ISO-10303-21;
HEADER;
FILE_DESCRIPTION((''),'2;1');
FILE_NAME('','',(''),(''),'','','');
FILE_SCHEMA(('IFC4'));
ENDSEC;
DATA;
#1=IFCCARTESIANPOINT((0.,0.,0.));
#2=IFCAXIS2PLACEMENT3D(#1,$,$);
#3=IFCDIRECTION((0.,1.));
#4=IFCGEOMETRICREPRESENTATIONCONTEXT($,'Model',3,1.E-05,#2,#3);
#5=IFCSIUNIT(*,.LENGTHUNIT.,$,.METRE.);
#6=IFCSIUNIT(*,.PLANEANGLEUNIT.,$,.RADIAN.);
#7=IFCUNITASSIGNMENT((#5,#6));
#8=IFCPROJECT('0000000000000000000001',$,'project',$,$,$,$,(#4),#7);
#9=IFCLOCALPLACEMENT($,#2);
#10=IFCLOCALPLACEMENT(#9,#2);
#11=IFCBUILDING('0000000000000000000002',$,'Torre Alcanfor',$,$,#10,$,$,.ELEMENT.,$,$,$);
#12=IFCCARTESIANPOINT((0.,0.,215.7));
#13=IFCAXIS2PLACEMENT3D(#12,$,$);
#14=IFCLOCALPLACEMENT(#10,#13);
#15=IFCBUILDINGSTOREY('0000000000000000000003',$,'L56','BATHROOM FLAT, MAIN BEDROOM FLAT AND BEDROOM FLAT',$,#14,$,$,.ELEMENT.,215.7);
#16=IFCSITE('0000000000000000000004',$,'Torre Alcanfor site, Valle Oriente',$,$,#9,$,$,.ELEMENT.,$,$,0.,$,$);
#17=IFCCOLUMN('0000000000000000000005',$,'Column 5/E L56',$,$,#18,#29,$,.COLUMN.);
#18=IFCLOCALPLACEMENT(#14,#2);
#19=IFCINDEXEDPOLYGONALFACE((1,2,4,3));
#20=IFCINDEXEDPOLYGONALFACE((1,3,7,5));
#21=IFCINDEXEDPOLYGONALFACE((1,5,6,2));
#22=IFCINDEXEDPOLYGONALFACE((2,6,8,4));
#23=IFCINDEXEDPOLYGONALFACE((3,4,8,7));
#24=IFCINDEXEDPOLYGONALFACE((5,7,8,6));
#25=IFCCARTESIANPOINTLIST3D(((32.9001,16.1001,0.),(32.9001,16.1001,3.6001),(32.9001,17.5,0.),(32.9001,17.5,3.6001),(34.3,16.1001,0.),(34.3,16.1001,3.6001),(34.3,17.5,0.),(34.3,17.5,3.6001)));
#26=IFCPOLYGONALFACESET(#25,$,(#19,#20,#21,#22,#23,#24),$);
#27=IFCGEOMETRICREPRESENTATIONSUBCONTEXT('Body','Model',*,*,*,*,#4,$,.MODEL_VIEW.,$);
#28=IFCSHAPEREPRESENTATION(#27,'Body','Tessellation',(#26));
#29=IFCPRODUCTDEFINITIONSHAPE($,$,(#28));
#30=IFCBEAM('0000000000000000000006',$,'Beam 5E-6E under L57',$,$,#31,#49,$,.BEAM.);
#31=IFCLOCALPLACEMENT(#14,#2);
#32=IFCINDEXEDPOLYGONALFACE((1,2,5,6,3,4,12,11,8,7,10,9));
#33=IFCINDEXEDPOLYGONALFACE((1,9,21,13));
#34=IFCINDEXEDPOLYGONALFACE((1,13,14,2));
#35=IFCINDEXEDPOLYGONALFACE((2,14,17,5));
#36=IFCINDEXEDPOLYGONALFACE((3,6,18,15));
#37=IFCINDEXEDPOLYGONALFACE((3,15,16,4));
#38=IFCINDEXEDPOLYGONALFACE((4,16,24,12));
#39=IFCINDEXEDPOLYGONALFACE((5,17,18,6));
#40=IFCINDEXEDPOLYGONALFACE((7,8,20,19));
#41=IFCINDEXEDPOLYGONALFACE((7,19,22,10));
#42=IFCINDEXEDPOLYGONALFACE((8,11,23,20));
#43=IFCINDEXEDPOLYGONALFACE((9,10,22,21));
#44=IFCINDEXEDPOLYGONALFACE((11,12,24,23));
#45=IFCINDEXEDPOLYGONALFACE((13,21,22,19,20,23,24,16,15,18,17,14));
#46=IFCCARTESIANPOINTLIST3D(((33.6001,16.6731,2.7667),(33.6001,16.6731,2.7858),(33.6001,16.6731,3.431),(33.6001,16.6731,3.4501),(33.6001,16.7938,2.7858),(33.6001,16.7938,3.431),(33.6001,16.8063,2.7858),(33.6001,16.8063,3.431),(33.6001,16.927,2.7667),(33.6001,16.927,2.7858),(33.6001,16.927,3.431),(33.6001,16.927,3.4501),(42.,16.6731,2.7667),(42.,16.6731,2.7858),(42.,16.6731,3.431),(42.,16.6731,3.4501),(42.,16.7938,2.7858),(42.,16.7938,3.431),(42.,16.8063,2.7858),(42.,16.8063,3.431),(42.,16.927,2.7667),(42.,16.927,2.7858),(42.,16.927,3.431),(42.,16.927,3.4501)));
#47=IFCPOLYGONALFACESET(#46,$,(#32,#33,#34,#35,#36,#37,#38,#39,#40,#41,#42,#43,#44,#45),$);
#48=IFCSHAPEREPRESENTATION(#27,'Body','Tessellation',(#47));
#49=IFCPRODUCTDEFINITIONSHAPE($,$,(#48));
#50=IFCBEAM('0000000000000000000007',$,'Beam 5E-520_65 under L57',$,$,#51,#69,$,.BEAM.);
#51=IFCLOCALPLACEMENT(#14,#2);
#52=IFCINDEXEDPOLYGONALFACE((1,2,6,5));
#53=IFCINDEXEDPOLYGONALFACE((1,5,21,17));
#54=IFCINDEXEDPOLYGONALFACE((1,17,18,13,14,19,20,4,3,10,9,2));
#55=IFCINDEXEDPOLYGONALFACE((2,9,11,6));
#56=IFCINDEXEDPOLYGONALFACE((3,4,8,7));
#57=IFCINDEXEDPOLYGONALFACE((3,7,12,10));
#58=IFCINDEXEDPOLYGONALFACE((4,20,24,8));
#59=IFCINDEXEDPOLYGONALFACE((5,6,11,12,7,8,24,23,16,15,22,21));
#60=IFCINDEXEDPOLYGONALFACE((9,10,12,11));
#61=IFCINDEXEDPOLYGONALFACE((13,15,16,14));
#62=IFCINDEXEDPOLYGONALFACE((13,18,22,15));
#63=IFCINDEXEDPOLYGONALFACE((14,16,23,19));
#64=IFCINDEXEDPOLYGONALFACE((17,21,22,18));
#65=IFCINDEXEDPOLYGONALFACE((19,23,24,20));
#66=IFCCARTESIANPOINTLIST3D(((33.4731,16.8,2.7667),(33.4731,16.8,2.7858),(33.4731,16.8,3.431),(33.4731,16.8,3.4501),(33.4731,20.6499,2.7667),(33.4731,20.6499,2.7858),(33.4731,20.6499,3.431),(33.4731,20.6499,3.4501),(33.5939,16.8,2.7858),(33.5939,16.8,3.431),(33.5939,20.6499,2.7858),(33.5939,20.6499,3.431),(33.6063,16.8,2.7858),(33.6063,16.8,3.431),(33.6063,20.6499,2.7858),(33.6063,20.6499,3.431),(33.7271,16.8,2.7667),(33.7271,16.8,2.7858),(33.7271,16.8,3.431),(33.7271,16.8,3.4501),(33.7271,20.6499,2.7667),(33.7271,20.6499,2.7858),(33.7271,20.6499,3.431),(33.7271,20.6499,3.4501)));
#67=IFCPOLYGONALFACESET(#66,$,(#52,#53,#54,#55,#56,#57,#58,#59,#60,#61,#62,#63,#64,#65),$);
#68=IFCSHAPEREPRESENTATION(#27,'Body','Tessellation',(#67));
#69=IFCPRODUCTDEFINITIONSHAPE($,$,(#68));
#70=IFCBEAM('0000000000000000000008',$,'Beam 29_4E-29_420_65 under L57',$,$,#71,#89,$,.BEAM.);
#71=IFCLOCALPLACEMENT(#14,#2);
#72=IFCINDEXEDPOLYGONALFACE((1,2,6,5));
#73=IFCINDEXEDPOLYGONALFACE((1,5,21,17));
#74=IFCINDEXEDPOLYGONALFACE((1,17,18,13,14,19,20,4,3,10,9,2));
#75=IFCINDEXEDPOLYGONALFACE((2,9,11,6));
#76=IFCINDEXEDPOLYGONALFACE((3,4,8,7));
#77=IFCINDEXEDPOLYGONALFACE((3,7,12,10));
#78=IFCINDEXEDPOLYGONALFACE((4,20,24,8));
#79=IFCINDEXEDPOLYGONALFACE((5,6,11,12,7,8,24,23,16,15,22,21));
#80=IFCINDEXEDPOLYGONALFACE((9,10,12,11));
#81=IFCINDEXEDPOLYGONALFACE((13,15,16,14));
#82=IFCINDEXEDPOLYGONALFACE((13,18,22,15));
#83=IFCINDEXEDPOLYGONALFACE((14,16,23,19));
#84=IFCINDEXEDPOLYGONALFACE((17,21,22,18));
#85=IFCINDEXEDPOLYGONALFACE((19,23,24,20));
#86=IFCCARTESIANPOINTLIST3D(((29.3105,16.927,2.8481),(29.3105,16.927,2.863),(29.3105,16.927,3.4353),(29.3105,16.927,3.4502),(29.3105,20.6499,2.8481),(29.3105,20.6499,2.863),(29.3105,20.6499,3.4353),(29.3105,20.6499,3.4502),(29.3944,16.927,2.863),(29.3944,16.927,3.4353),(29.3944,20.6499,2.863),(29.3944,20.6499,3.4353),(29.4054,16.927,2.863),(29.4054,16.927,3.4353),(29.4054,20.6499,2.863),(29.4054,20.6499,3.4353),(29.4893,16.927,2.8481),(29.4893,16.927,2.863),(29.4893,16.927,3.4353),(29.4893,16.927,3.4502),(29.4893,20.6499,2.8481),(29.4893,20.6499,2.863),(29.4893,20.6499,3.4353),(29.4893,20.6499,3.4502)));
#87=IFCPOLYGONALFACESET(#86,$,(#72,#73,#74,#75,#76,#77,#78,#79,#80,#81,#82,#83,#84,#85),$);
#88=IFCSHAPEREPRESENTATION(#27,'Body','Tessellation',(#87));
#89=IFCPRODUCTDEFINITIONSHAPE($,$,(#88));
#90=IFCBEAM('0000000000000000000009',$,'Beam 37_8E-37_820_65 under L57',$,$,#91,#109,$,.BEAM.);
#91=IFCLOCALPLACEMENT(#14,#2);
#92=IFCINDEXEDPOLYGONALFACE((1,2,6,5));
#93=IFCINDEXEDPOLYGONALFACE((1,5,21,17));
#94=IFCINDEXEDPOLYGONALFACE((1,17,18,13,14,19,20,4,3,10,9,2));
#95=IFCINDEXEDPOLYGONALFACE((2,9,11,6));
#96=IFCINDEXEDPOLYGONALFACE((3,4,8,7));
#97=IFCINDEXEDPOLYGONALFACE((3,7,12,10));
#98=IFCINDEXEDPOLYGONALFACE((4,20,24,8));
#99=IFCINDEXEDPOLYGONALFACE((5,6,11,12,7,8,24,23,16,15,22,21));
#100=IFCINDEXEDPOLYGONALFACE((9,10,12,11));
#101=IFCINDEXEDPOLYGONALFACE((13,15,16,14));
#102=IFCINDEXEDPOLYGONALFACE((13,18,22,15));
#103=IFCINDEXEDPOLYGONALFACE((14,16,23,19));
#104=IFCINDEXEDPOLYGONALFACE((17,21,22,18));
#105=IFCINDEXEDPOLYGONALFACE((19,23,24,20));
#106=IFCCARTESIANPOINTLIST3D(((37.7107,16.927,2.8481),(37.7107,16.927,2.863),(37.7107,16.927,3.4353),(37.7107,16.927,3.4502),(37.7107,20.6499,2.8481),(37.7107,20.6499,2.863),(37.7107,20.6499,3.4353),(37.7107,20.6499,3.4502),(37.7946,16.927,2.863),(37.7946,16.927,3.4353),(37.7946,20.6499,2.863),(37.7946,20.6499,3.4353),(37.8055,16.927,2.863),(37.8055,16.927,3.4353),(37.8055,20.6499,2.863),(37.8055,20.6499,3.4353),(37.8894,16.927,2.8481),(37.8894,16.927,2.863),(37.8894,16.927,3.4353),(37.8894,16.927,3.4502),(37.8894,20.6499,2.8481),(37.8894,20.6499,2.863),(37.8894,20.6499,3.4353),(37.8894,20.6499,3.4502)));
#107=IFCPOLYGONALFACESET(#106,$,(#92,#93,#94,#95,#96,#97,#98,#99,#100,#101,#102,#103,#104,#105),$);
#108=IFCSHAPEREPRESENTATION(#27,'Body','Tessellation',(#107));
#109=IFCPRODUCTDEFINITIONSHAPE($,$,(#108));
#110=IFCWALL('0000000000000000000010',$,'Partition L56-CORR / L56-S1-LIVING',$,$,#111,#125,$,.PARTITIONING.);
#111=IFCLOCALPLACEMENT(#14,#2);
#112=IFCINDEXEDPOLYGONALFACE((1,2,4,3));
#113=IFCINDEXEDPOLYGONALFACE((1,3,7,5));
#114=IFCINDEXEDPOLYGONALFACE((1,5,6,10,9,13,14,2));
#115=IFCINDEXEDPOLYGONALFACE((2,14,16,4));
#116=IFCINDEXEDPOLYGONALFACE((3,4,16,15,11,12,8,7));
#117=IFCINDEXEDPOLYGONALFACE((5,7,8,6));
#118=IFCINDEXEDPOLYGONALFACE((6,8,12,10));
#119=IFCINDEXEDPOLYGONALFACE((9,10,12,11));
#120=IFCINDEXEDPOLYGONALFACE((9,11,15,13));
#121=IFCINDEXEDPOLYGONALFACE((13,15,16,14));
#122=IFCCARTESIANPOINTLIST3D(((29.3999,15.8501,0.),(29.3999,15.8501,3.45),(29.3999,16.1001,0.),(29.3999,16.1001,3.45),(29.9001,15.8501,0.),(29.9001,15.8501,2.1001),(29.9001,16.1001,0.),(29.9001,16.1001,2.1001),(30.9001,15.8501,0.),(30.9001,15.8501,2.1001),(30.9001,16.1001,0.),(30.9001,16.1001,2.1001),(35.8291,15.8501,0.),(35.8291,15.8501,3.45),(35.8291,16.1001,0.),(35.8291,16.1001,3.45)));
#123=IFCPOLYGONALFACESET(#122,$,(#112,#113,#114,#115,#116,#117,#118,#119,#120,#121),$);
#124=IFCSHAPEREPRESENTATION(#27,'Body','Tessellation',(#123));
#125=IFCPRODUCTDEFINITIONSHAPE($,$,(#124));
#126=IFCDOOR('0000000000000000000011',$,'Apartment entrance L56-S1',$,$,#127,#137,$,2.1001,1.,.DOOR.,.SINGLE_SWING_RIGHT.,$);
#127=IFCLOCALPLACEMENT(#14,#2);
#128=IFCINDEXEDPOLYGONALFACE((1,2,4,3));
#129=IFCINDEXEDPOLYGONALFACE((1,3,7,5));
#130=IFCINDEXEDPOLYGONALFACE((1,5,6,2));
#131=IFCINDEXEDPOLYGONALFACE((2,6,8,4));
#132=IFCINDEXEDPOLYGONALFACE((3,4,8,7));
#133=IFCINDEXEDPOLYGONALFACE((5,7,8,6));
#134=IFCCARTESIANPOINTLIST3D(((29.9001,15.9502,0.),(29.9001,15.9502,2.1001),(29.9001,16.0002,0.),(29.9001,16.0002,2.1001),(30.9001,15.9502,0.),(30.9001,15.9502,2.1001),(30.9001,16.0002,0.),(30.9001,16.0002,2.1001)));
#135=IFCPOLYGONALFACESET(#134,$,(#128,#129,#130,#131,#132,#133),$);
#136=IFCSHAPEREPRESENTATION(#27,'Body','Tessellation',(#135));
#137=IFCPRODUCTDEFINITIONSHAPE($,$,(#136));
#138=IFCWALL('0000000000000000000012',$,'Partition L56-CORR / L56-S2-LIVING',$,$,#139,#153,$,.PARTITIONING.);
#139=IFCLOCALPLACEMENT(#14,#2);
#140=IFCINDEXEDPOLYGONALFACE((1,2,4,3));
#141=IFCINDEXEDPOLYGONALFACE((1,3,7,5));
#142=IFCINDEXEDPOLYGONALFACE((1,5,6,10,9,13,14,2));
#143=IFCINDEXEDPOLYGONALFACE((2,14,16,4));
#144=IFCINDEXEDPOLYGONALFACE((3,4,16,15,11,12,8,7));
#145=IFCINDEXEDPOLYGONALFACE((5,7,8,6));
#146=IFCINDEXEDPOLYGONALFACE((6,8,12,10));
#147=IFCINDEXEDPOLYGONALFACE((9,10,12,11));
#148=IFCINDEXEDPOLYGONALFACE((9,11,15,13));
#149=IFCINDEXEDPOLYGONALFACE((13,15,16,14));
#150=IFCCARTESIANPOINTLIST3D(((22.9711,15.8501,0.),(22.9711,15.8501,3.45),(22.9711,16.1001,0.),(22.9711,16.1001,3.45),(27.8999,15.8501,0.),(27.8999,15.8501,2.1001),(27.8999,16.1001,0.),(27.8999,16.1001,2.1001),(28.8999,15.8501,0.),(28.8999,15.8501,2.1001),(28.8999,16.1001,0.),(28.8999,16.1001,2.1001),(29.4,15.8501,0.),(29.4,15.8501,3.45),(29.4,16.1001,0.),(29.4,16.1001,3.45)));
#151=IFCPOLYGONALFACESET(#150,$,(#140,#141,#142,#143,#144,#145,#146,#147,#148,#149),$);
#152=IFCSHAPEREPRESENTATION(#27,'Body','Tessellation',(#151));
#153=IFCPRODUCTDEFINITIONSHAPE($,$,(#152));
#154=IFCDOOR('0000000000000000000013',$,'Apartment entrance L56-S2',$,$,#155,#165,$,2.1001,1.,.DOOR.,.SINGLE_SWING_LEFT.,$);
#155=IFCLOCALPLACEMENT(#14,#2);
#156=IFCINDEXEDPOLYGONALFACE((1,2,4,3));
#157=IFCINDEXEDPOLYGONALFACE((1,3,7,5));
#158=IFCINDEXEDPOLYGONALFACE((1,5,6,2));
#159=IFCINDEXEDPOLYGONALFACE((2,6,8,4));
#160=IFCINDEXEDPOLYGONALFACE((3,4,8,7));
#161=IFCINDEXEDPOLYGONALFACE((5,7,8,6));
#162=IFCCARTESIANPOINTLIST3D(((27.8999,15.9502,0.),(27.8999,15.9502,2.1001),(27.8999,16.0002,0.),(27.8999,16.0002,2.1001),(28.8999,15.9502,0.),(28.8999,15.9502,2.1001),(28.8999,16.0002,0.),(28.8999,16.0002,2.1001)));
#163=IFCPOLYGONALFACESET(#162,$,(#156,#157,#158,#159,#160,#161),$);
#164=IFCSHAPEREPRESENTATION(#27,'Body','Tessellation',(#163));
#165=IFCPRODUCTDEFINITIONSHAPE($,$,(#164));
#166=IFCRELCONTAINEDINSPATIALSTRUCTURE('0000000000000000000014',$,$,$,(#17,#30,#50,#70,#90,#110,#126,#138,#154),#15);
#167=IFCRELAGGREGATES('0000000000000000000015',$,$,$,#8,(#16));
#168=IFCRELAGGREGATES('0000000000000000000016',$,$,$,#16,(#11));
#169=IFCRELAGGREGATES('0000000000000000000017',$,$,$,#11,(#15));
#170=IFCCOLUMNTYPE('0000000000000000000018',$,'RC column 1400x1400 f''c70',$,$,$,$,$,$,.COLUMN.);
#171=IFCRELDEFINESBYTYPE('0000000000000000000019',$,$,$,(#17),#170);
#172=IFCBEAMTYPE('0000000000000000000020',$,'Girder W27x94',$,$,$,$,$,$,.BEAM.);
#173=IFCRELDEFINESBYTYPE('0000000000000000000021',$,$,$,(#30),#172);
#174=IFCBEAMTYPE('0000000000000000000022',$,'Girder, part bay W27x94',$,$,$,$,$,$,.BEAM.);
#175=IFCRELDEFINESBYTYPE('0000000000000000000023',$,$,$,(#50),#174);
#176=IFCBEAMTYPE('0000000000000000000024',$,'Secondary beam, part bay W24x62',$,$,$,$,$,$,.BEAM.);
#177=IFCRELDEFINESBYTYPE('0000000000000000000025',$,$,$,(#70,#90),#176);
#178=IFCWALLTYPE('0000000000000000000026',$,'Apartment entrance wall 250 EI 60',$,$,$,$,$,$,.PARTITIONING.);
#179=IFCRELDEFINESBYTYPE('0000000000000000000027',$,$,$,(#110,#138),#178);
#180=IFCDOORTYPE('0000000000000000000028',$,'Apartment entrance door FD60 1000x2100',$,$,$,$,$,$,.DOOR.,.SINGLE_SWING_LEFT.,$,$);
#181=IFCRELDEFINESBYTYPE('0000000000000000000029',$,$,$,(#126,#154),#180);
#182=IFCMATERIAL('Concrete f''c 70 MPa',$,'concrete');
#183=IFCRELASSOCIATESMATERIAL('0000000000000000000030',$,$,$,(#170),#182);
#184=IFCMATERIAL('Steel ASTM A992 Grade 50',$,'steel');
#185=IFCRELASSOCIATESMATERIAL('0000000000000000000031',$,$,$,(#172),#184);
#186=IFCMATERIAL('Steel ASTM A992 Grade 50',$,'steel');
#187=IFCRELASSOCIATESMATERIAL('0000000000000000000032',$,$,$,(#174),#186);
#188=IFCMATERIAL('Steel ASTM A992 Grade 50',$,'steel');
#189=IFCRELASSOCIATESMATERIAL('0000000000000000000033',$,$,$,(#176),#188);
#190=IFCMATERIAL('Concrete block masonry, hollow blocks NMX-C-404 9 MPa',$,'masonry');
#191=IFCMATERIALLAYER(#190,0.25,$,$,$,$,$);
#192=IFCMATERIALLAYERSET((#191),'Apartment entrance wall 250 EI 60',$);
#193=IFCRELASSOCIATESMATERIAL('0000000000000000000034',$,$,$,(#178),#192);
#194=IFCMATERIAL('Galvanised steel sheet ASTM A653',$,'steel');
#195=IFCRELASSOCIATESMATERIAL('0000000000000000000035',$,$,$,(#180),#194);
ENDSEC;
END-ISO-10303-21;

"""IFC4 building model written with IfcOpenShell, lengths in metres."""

from ifc_helpers import new_model, si_unit, direction, frame, frame_2d, origin, origin_2d, place, context, subcontext, project, spatial, rectangle, i_section, extrude, material, layer, layer_set, material_profile, profile_set, type_object, element, fill, save


model = new_model("IFC4")

# Units and contexts
model_context = context("Model", 3, precision=1e-05, world=origin(), true_north=direction((0.0, 1.0)))
body_context = subcontext(model_context, "Body", "Model", "MODEL_VIEW")
ifc_project = project(units=[si_unit("LENGTHUNIT", "METRE"), si_unit("PLANEANGLEUNIT", "RADIAN")], contexts=[model_context])

# Site, building, storey
site_placement = place(None, origin())
site = spatial("IfcSite", under=ifc_project, at=site_placement, Name="Torre Alcanfor site, Valle Oriente", CompositionType="ELEMENT", RefElevation=0.0)
building_placement = place(site_placement, origin())
building = spatial("IfcBuilding", under=site, at=building_placement, Name="Torre Alcanfor", CompositionType="ELEMENT")
storey_placement = place(building_placement, frame((0.0, 0.0, 215.7)))
storey = spatial("IfcBuildingStorey", under=building, at=storey_placement, Name="L56", Description="BATHROOM FLAT, MAIN BEDROOM FLAT AND BEDROOM FLAT", CompositionType="ELEMENT", Elevation=215.7)

# Column
ifc_material_1 = material(Name="Concrete f'c 70 MPa", Category="concrete")
ifc_material_profile_1 = material_profile(ifc_material_1, rectangle(XDim=1.3999, YDim=1.3999, at=origin_2d()), Name="1400x1400")
ifc_profile_set_1 = profile_set([ifc_material_profile_1], Name="Concrete f'c 70 MPa")
column_type = type_object("IfcColumnType", Name="RC column 1400x1400 f'c70", PredefinedType="COLUMN", material=ifc_profile_set_1)
column_placement = place(storey_placement, frame((33.6001, 16.8, 0.0), z_axis=(0.0, 0.0, 1.0), x_axis=(1.0, 0.0, 0.0)))
element("IfcColumn", 1, at=column_placement, inside=storey, type_object=column_type, Name="Column 5/E L56", PredefinedType="COLUMN", context=body_context, shape_type="SweptSolid", body=[
    extrude(rectangle(XDim=1.3999, YDim=1.3999, at=origin_2d()), origin(), (0.0, 0.0, 1.0), 3.6001),
])

# Beams
ifc_material_2 = material(Name="Steel ASTM A992 Grade 50", Category="steel")
ifc_material_profile_2 = material_profile(ifc_material_2, i_section(OverallWidth=0.2539, OverallDepth=0.6833, WebThickness=0.0125, FlangeThickness=0.019, at=origin_2d()), Name="W27x94")
ifc_profile_set_2 = profile_set([ifc_material_profile_2], Name="Steel ASTM A992 Grade 50")
beam_type_1 = type_object("IfcBeamType", Name="Girder W27x94", PredefinedType="BEAM", material=ifc_profile_set_2)
beam_1_placement = place(storey_placement, frame((33.6001, 16.8, 3.1084), z_axis=(1.0, 0.0, 0.0), x_axis=(0.0, 1.0, 0.0)))
element("IfcBeam", 2, at=beam_1_placement, inside=storey, type_object=beam_type_1, Name="Beam 5E-6E under L57", PredefinedType="BEAM", context=body_context, shape_type="SweptSolid", body=[
    extrude(i_section(OverallWidth=0.2539, OverallDepth=0.6833, WebThickness=0.0125, FlangeThickness=0.019, at=origin_2d()), origin(), (0.0, 0.0, 1.0), 8.3999),
])
ifc_material_3 = material(Name="Steel ASTM A992 Grade 50", Category="steel")
ifc_material_profile_3 = material_profile(ifc_material_3, i_section(OverallWidth=0.2539, OverallDepth=0.6833, WebThickness=0.0125, FlangeThickness=0.019, at=origin_2d()), Name="W27x94")
ifc_profile_set_3 = profile_set([ifc_material_profile_3], Name="Steel ASTM A992 Grade 50")
beam_type_2 = type_object("IfcBeamType", Name="Girder, part bay W27x94", PredefinedType="BEAM", material=ifc_profile_set_3)
beam_2_placement = place(storey_placement, frame((33.6001, 16.8, 3.1084), z_axis=(0.0, 1.0, 0.0), x_axis=(-1.0, 0.0, 0.0)))
element("IfcBeam", 3, at=beam_2_placement, inside=storey, type_object=beam_type_2, Name="Beam 5E-520_65 under L57", PredefinedType="BEAM", context=body_context, shape_type="SweptSolid", body=[
    extrude(i_section(OverallWidth=0.2539, OverallDepth=0.6833, WebThickness=0.0125, FlangeThickness=0.019, at=origin_2d()), origin(), (0.0, 0.0, 1.0), 3.8499),
])
ifc_material_4 = material(Name="Steel ASTM A992 Grade 50", Category="steel")
ifc_material_profile_4 = material_profile(ifc_material_4, i_section(OverallWidth=0.1787, OverallDepth=0.6021, WebThickness=0.011, FlangeThickness=0.0149, at=origin_2d()), Name="W24x62")
ifc_profile_set_4 = profile_set([ifc_material_profile_4], Name="Steel ASTM A992 Grade 50")
beam_type_3 = type_object("IfcBeamType", Name="Secondary beam, part bay W24x62", PredefinedType="BEAM", material=ifc_profile_set_4)
for number, where, z_axis, x_axis, name in (
    (4, (29.3999, 16.927, 3.1492), (0.0, 1.0, 0.0), (-1.0, 0.0, 0.0), "Beam 29_4E-29_420_65 under L57"),
    (5, (37.8, 16.927, 3.1492), (0.0, 1.0, 0.0), (-1.0, 0.0, 0.0), "Beam 37_8E-37_820_65 under L57"),
):
    element("IfcBeam", number, at=place(storey_placement, frame(where, z_axis=z_axis, x_axis=x_axis)), inside=storey, type_object=beam_type_3, Name=name, PredefinedType="BEAM", context=body_context, shape_type="SweptSolid", body=[
        extrude(i_section(OverallWidth=0.1787, OverallDepth=0.6021, WebThickness=0.011, FlangeThickness=0.0149, at=origin_2d()), origin(), (0.0, 0.0, 1.0), 3.7229),
    ])

# Walls, openings, doors
ifc_material_5 = material(Name="Concrete block masonry, hollow blocks NMX-C-404 9 MPa", Category="masonry")
ifc_layer_1 = layer(ifc_material_5, 0.25)
ifc_layer_set_1 = layer_set([ifc_layer_1], Name="Apartment entrance wall 250 EI 60")
wall_type_1 = type_object("IfcWallType", Name="Apartment entrance wall 250 EI 60", PredefinedType="PARTITIONING", material=ifc_layer_set_1)
wall_1_placement = place(storey_placement, frame((35.8291, 15.9751, 0.0), z_axis=(0.0, 0.0, 1.0), x_axis=(-1.0, 0.0, 0.0)))
wall_1 = element("IfcWall", 6, at=wall_1_placement, inside=storey, type_object=wall_type_1, Name="Partition L56-CORR / L56-S1-LIVING", PredefinedType="PARTITIONING", context=body_context, shape_type="SweptSolid", body=[
    extrude(rectangle(XDim=6.4292, YDim=0.25, at=frame_2d((3.2146, 0.0))), origin(), (0.0, 0.0, 1.0), 3.45),
])
opening_1_placement = place(wall_1_placement, frame((4.929, 0.0, 0.0)))
opening_1 = element("IfcOpeningElement", 7, at=opening_1_placement, cuts=wall_1, PredefinedType="OPENING", context=body_context, shape_type="SweptSolid", body=[
    extrude(rectangle(XDim=1.0, YDim=2.1001, at=frame_2d((0.5, 1.05))), frame((0.0, 0.135, 0.0), z_axis=(0.0, -1.0, 0.0), x_axis=(1.0, 0.0, 0.0)), (0.0, 0.0, 1.0), 0.27),
])
ifc_material_6 = material(Name="Galvanised steel sheet ASTM A653", Category="steel")
door_type_1 = type_object("IfcDoorType", Name="Apartment entrance door FD60 1000x2100", OperationType="SINGLE_SWING_LEFT", PredefinedType="DOOR", material=ifc_material_6)
door_1_placement = place(opening_1_placement, origin())
door_1 = element("IfcDoor", 8, at=door_1_placement, inside=storey, type_object=door_type_1, Name="Apartment entrance L56-S1", OperationType="SINGLE_SWING_RIGHT", OverallHeight=2.1001, OverallWidth=1.0, PredefinedType="DOOR", context=body_context, shape_type="SweptSolid", body=[
    extrude(rectangle(XDim=1.0, YDim=2.1001, at=frame_2d((0.5, 1.05))), frame((0.0, 0.0249, 0.0), z_axis=(0.0, -1.0, 0.0), x_axis=(1.0, 0.0, 0.0)), (0.0, 0.0, 1.0), 0.05),
])
fill(opening_1, door_1)
wall_2_placement = place(storey_placement, frame((29.3999, 15.9751, 0.0), z_axis=(0.0, 0.0, 1.0), x_axis=(-1.0, 0.0, 0.0)))
wall_2 = element("IfcWall", 9, at=wall_2_placement, inside=storey, type_object=wall_type_1, Name="Partition L56-CORR / L56-S2-LIVING", PredefinedType="PARTITIONING", context=body_context, shape_type="SweptSolid", body=[
    extrude(rectangle(XDim=6.429, YDim=0.25, at=frame_2d((3.2144, 0.0))), origin(), (0.0, 0.0, 1.0), 3.45),
])
opening_2_placement = place(wall_2_placement, frame((0.5, 0.0, 0.0)))
opening_2 = element("IfcOpeningElement", 10, at=opening_2_placement, cuts=wall_2, PredefinedType="OPENING", context=body_context, shape_type="SweptSolid", body=[
    extrude(rectangle(XDim=1.0, YDim=2.1001, at=frame_2d((0.5, 1.05))), frame((0.0, 0.135, 0.0), z_axis=(0.0, -1.0, 0.0), x_axis=(1.0, 0.0, 0.0)), (0.0, 0.0, 1.0), 0.27),
])
door_2_placement = place(opening_2_placement, origin())
door_2 = element("IfcDoor", 11, at=door_2_placement, inside=storey, type_object=door_type_1, Name="Apartment entrance L56-S2", OperationType="SINGLE_SWING_LEFT", OverallHeight=2.1001, OverallWidth=1.0, PredefinedType="DOOR", context=body_context, shape_type="SweptSolid", body=[
    extrude(rectangle(XDim=1.0, YDim=2.1001, at=frame_2d((0.5, 1.05))), frame((0.0, 0.0249, 0.0), z_axis=(0.0, -1.0, 0.0), x_axis=(1.0, 0.0, 0.0)), (0.0, 0.0, 1.0), 0.05),
])
fill(opening_2, door_2)

save(model, "model.ifc")
